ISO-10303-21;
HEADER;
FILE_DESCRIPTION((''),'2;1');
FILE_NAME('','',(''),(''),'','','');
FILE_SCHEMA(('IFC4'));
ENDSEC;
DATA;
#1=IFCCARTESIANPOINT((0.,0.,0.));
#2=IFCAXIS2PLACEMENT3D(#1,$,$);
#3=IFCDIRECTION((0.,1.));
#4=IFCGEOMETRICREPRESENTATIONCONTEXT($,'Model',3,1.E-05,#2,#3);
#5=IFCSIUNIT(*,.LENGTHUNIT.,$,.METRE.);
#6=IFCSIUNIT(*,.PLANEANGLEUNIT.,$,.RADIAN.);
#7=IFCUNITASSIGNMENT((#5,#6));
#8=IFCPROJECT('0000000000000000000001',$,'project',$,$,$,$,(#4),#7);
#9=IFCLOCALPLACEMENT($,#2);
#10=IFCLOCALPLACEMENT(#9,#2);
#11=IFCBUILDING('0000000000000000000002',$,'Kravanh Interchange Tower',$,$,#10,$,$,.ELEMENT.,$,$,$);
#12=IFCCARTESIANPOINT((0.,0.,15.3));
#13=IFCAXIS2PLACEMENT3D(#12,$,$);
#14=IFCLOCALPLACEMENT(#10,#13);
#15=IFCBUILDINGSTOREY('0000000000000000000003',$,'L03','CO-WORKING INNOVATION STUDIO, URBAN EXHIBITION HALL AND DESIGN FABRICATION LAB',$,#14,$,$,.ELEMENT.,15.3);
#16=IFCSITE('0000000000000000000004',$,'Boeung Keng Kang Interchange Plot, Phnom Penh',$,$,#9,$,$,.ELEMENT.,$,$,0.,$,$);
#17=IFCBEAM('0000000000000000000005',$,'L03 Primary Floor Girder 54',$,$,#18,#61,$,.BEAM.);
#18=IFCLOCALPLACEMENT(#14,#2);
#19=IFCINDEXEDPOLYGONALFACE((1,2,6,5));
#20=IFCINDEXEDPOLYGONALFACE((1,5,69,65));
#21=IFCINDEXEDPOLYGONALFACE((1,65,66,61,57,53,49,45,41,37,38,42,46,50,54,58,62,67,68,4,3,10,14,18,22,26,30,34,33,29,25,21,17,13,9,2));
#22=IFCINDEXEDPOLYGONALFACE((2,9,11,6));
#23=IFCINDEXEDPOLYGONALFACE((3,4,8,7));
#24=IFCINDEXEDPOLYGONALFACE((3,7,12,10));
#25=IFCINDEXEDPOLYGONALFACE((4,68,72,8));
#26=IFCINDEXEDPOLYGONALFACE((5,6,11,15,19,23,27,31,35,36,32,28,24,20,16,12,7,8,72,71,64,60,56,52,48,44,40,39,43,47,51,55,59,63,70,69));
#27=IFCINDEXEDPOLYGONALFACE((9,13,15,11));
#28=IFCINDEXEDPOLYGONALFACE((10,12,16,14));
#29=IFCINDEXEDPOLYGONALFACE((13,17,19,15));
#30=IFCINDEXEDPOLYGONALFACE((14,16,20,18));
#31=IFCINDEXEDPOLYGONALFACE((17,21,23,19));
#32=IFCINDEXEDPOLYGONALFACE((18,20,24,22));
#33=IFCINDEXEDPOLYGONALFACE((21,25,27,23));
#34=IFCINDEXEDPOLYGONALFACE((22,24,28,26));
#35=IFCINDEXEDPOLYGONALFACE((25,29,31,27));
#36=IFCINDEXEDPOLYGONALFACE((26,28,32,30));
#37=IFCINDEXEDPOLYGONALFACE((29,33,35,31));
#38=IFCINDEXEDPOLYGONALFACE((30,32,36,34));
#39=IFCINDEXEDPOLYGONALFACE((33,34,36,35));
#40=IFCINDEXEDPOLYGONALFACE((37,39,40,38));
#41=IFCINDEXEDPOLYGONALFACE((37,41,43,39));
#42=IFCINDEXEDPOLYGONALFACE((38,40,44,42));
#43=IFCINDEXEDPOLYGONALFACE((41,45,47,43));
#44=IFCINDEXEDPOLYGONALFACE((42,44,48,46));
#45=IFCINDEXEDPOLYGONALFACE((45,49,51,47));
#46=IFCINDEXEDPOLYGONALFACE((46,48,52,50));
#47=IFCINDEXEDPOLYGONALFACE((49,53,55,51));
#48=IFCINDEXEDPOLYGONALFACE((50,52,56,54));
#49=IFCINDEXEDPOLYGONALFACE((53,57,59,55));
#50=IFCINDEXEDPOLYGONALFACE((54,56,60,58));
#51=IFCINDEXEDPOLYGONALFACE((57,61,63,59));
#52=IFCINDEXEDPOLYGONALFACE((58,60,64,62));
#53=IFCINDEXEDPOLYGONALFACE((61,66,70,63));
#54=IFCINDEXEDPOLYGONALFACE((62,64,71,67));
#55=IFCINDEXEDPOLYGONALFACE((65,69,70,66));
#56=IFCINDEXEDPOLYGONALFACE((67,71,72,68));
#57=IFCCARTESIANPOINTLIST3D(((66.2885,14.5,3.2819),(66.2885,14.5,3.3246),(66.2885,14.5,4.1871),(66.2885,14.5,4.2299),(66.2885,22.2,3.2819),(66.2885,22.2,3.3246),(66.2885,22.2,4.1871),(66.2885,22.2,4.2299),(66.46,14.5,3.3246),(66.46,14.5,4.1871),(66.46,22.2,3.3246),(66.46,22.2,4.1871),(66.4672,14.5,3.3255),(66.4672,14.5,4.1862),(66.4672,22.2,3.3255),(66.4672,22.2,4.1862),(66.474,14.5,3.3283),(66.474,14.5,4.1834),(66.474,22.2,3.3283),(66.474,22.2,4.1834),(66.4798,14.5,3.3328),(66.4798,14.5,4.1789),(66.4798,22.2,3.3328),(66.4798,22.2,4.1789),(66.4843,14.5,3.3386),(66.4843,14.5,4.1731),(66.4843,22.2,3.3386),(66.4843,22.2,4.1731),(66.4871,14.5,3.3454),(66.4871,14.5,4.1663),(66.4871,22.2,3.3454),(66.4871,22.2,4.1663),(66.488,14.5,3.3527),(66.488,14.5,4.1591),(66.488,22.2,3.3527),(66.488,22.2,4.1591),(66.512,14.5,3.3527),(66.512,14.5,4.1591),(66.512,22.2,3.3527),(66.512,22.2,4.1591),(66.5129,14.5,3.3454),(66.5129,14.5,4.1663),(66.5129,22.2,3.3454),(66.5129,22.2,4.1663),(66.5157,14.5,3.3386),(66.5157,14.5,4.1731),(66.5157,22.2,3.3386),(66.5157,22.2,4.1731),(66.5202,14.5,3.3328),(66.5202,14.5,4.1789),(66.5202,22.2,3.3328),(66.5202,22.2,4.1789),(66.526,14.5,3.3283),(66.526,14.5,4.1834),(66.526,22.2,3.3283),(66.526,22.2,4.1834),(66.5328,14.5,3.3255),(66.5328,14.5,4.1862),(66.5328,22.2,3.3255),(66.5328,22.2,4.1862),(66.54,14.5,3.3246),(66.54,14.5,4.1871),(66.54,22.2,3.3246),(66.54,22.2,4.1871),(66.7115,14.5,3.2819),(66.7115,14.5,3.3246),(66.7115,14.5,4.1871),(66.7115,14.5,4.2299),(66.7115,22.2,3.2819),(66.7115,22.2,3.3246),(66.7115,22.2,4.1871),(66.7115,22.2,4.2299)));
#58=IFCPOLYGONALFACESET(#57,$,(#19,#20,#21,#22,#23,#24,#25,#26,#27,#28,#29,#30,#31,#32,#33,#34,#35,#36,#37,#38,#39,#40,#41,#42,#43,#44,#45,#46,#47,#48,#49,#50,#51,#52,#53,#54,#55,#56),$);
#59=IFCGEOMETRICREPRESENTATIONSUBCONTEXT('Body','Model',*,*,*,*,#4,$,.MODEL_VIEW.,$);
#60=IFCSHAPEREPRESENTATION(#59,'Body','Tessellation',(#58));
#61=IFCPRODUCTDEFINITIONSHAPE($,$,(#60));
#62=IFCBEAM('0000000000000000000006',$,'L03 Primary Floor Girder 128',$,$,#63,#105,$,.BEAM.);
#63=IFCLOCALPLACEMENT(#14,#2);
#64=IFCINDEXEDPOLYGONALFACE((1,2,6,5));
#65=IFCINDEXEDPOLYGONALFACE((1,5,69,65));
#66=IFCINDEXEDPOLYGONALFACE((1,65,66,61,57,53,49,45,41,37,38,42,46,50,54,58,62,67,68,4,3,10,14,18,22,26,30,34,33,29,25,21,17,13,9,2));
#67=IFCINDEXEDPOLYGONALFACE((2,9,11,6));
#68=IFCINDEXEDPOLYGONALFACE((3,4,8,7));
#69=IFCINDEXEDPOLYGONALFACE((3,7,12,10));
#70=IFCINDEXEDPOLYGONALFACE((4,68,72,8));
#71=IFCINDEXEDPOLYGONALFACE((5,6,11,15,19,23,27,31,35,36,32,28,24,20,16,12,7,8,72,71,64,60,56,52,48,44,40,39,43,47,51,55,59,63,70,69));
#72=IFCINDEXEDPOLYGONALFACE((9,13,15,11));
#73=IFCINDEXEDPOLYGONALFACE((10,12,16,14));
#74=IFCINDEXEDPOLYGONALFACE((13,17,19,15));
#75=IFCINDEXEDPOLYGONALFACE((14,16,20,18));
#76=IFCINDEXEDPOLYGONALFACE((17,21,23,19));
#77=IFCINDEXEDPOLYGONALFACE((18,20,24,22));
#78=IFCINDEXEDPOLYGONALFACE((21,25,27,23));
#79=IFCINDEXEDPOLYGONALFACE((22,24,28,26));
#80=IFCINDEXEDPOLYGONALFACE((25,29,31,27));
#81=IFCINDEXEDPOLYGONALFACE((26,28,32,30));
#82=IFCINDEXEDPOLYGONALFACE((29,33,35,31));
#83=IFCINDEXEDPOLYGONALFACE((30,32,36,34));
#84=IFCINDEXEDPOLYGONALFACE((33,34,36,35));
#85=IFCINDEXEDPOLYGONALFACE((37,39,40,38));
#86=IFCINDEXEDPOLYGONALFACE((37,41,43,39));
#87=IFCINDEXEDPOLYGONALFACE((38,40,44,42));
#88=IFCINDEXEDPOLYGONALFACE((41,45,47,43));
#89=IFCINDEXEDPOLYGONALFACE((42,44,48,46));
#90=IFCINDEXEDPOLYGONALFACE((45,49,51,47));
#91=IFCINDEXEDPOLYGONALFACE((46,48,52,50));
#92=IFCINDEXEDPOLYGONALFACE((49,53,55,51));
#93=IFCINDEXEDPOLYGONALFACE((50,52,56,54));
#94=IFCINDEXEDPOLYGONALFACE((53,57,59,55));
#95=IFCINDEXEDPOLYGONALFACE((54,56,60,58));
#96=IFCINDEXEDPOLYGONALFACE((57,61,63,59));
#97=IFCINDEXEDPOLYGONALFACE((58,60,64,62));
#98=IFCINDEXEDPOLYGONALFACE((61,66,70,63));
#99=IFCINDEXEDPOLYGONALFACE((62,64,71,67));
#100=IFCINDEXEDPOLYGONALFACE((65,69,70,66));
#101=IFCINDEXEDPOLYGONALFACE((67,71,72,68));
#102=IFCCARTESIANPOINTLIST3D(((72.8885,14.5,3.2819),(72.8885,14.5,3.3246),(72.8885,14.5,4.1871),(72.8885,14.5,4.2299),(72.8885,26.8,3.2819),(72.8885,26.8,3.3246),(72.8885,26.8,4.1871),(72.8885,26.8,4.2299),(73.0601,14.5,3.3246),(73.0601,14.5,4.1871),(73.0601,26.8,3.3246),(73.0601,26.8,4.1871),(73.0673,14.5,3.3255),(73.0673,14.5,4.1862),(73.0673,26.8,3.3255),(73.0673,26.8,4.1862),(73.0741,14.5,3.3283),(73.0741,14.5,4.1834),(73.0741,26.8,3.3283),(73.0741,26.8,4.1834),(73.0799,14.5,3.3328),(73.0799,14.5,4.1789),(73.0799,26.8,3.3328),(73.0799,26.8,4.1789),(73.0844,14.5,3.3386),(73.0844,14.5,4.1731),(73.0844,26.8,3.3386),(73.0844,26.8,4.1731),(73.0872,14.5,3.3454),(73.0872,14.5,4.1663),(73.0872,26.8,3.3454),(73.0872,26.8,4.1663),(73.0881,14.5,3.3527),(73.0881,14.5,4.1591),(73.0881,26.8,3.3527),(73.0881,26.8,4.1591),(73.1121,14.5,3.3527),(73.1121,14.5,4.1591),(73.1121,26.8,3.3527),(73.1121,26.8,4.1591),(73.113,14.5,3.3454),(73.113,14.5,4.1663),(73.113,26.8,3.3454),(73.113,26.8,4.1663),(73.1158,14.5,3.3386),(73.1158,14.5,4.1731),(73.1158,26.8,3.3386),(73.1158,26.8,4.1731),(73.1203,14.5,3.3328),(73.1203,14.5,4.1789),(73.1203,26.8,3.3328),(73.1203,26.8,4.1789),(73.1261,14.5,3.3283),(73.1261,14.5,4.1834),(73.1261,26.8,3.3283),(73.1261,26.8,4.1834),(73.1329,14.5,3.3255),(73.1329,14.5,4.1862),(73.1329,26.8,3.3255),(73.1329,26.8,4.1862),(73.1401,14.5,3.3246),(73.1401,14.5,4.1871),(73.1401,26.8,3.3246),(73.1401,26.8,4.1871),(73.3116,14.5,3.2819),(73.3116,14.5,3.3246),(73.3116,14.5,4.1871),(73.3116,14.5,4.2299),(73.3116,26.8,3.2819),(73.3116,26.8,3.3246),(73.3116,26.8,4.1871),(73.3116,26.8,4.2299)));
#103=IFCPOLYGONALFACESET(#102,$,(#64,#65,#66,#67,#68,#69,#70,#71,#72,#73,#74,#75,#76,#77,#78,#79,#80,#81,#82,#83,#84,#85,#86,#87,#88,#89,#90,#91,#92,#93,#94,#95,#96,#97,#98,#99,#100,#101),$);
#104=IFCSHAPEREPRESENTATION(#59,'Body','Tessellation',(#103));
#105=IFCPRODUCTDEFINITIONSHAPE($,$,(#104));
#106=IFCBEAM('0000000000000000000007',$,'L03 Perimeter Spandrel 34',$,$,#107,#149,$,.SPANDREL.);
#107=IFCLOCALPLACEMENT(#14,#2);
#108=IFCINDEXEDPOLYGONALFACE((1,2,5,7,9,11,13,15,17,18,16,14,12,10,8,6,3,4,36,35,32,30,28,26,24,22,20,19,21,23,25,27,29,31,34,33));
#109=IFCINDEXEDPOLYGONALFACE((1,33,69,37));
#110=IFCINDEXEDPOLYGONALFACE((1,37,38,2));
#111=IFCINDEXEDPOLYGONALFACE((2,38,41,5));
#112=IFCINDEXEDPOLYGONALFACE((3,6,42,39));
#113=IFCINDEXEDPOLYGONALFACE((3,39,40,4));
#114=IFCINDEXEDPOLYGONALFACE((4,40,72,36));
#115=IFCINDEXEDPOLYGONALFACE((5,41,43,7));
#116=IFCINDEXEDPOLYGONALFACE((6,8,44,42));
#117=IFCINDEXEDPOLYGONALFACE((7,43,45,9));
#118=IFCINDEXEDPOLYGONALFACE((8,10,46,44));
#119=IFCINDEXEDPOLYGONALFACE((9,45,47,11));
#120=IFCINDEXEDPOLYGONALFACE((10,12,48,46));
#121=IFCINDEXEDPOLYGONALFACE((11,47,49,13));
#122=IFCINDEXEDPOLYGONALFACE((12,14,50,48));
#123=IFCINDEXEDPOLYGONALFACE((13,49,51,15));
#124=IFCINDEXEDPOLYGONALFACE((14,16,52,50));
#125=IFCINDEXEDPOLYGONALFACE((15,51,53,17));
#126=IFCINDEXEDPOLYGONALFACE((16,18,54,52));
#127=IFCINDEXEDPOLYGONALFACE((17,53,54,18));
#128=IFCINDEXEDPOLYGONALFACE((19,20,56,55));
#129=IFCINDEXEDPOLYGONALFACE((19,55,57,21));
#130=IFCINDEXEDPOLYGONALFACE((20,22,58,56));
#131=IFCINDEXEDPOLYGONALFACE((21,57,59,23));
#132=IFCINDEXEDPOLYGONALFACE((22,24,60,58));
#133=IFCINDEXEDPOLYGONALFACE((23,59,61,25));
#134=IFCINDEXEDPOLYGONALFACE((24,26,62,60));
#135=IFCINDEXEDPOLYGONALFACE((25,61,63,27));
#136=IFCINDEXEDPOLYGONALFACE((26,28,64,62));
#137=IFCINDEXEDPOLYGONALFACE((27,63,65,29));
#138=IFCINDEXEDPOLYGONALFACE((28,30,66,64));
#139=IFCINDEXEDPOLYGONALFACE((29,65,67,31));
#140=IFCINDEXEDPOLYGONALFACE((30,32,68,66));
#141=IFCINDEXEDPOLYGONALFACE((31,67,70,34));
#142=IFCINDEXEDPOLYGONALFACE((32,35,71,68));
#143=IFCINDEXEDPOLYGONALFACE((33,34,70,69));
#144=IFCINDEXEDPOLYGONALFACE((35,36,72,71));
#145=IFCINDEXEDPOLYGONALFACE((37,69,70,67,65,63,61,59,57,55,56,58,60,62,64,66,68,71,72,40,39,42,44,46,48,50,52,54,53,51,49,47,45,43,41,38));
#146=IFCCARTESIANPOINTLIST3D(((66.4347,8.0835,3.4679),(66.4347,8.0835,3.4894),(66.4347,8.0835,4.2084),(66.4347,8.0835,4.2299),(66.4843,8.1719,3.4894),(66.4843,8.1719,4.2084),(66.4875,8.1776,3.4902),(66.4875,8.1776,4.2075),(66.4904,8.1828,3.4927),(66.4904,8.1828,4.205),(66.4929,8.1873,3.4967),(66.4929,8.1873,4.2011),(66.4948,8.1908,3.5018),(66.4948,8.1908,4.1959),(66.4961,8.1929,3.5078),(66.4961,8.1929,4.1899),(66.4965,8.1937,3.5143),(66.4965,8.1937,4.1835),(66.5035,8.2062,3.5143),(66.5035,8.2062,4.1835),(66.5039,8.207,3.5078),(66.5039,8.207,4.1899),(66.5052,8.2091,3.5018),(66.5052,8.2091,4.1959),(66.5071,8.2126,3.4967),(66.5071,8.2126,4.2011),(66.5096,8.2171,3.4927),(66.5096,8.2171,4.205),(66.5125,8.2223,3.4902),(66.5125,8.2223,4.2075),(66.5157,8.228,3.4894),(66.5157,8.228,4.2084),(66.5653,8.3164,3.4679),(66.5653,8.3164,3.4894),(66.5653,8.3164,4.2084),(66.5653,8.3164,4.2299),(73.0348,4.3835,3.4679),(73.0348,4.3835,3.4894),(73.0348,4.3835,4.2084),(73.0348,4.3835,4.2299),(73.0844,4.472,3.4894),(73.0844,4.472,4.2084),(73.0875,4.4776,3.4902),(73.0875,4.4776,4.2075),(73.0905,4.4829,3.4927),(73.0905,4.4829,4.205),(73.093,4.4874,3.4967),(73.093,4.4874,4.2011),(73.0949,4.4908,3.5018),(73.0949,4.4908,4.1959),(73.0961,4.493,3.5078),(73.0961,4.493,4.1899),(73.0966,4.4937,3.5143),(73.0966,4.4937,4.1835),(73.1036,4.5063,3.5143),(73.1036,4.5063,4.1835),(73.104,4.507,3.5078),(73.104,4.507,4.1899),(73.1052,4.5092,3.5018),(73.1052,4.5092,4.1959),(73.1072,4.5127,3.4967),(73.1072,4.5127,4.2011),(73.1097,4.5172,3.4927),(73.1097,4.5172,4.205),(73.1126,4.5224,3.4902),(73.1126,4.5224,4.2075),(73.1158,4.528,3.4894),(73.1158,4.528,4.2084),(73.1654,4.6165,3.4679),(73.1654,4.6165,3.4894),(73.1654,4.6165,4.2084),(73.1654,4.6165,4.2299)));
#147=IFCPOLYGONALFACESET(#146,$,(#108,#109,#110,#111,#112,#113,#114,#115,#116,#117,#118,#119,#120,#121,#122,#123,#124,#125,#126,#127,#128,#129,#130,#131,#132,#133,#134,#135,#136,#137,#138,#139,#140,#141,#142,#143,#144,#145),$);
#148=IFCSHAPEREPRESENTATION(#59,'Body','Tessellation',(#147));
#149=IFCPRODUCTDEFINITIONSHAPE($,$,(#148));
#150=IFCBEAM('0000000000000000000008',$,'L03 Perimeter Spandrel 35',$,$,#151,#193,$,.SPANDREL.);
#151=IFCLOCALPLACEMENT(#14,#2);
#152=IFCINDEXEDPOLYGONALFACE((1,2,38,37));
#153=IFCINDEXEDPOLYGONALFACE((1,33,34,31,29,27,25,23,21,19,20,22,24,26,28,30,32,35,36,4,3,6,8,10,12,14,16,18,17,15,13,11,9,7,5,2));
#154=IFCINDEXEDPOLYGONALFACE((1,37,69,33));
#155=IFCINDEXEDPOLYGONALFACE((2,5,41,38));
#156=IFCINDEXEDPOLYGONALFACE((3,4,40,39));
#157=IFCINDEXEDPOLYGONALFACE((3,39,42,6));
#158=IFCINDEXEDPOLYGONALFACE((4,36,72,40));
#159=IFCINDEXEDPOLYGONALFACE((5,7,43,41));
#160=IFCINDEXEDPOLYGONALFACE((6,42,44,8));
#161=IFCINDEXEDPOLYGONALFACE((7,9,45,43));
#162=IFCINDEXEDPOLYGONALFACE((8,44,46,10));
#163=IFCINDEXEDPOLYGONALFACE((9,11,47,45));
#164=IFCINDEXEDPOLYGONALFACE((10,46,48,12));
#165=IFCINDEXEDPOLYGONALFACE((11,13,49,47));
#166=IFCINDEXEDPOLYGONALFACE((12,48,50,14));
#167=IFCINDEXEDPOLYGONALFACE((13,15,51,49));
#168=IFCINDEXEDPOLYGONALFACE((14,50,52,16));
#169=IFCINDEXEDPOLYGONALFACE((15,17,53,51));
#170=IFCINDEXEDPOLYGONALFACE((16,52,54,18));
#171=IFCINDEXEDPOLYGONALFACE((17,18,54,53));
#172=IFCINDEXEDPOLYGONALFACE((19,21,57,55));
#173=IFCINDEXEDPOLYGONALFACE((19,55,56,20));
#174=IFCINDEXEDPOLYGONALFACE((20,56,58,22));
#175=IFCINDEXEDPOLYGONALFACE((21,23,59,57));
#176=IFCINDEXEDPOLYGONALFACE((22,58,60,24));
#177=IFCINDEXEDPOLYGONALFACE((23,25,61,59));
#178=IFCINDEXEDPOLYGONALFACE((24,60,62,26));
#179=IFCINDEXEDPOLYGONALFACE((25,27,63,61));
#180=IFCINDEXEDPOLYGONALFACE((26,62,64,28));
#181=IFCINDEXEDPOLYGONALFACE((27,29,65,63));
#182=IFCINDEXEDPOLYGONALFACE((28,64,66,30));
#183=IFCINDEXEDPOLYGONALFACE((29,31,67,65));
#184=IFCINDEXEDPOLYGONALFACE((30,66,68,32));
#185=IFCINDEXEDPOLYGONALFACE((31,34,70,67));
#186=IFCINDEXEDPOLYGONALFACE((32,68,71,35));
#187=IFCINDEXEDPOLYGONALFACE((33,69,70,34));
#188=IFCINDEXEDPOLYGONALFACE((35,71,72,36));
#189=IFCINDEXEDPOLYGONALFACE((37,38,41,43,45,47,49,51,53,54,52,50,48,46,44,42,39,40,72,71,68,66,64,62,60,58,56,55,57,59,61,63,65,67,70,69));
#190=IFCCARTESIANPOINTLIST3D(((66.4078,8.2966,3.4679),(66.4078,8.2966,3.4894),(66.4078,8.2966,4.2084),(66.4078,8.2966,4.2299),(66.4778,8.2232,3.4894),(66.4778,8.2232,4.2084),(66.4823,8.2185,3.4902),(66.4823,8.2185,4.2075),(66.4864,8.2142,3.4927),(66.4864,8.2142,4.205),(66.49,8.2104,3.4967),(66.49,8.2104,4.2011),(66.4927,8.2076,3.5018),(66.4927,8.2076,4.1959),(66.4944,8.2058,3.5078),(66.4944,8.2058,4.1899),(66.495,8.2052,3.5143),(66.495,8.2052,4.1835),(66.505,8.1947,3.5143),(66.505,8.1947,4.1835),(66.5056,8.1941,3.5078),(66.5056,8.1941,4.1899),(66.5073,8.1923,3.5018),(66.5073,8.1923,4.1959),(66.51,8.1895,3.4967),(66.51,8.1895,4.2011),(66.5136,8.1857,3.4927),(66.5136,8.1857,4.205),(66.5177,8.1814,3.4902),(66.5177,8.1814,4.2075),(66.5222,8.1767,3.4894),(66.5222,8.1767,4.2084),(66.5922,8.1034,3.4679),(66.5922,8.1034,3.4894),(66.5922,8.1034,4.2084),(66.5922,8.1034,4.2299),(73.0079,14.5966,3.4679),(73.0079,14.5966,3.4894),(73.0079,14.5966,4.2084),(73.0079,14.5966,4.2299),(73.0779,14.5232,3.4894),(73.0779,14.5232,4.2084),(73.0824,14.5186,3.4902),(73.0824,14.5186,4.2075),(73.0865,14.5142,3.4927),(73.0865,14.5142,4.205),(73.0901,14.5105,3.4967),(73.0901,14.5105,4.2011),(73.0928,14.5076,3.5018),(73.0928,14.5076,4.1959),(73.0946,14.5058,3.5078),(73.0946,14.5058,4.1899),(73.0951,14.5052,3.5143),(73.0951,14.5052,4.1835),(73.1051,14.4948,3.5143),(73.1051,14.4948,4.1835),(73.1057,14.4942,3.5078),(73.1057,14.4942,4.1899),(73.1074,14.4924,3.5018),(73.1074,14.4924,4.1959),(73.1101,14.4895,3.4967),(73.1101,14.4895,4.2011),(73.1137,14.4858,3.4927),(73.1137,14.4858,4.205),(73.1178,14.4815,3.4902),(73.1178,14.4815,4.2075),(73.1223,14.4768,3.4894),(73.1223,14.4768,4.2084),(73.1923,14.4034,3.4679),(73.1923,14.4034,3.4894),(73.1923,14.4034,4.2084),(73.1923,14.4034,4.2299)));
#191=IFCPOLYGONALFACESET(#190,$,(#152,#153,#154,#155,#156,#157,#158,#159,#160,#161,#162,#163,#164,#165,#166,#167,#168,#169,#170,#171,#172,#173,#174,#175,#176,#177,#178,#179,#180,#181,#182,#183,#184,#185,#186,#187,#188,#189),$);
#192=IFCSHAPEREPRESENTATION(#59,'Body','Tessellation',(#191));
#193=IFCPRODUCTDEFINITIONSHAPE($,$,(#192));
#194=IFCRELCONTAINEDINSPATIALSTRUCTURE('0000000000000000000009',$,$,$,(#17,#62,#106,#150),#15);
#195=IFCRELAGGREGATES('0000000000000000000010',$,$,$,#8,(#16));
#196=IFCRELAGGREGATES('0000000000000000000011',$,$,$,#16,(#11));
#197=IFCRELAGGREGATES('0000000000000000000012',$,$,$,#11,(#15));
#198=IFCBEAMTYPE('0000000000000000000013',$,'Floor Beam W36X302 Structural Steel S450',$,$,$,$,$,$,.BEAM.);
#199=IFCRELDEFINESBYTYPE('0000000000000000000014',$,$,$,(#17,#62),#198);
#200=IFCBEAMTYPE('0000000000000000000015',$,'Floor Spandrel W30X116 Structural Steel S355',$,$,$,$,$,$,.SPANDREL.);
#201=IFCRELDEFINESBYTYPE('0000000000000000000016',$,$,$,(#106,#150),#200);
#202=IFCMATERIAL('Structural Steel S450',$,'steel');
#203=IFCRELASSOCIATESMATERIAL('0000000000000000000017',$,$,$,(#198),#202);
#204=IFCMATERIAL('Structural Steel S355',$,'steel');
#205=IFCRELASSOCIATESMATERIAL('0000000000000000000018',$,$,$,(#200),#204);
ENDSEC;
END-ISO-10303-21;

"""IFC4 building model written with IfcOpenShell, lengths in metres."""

from ifc_helpers import new_model, si_unit, direction, frame, origin, origin_2d, place, context, subcontext, project, spatial, i_section, extrude, material, material_profile, profile_set, type_object, element, save


model = new_model("IFC4")

# Units and contexts
model_context = context("Model", 3, precision=1e-05, world=origin(), true_north=direction((0.0, 1.0)))
body_context = subcontext(model_context, "Body", "Model", "MODEL_VIEW")
ifc_project = project(units=[si_unit("LENGTHUNIT", "METRE"), si_unit("PLANEANGLEUNIT", "RADIAN")], contexts=[model_context])

# Site, building, storey
site_placement = place(None, origin())
site = spatial("IfcSite", under=ifc_project, at=site_placement, Name="Boeung Keng Kang Interchange Plot, Phnom Penh", CompositionType="ELEMENT", RefElevation=0.0)
building_placement = place(site_placement, origin())
building = spatial("IfcBuilding", under=site, at=building_placement, Name="Kravanh Interchange Tower", CompositionType="ELEMENT")
storey_placement = place(building_placement, frame((0.0, 0.0, 15.3)))
storey = spatial("IfcBuildingStorey", under=building, at=storey_placement, Name="L03", Description="CO-WORKING INNOVATION STUDIO, URBAN EXHIBITION HALL AND DESIGN FABRICATION LAB", CompositionType="ELEMENT", Elevation=15.3)

# Beams
ifc_material_1 = material(Name="Structural Steel S450", Category="steel")
ifc_material_profile_1 = material_profile(ifc_material_1, i_section(OverallWidth=0.4231, OverallDepth=0.948, WebThickness=0.0239, FlangeThickness=0.0427, FilletRadius=0.0281, at=origin_2d()), Name="W36X302")
ifc_profile_set_1 = profile_set([ifc_material_profile_1], Name="Structural Steel S450")
beam_type_1 = type_object("IfcBeamType", Name="Floor Beam W36X302 Structural Steel S450", PredefinedType="BEAM", material=ifc_profile_set_1)
beam_1_placement = place(storey_placement, frame((66.5, 14.5, 3.7559), z_axis=(0.0, 1.0, 0.0), x_axis=(-1.0, 0.0, 0.0)))
element("IfcBeam", 1, at=beam_1_placement, inside=storey, type_object=beam_type_1, Name="L03 Primary Floor Girder 54", PredefinedType="BEAM", context=body_context, shape_type="SweptSolid", body=[
    extrude(i_section(OverallWidth=0.4231, OverallDepth=0.948, WebThickness=0.0239, FlangeThickness=0.0427, FilletRadius=0.0281, at=origin_2d()), origin(), (0.0, 0.0, 1.0), 7.7),
])
beam_2_placement = place(storey_placement, frame((73.1001, 14.5, 3.7559), z_axis=(0.0, 1.0, 0.0), x_axis=(-1.0, 0.0, 0.0)))
element("IfcBeam", 2, at=beam_2_placement, inside=storey, type_object=beam_type_1, Name="L03 Primary Floor Girder 128", PredefinedType="BEAM", context=body_context, shape_type="SweptSolid", body=[
    extrude(i_section(OverallWidth=0.4231, OverallDepth=0.948, WebThickness=0.0239, FlangeThickness=0.0427, FilletRadius=0.0281, at=origin_2d()), origin(), (0.0, 0.0, 1.0), 12.3),
])
ifc_material_2 = material(Name="Structural Steel S355", Category="steel")
ifc_material_profile_2 = material_profile(ifc_material_2, i_section(OverallWidth=0.2671, OverallDepth=0.762, WebThickness=0.0144, FlangeThickness=0.0215, FilletRadius=0.0249, at=origin_2d()), Name="W30X116")
ifc_profile_set_2 = profile_set([ifc_material_profile_2], Name="Structural Steel S355")
beam_type_2 = type_object("IfcBeamType", Name="Floor Spandrel W30X116 Structural Steel S355", PredefinedType="SPANDREL", material=ifc_profile_set_2)
beam_3_placement = place(storey_placement, frame((66.5, 8.2, 3.8489), z_axis=(0.872286, -0.488995, 0.0), x_axis=(0.488995, 0.872286, 0.0)))
element("IfcBeam", 3, at=beam_3_placement, inside=storey, type_object=beam_type_2, Name="L03 Perimeter Spandrel 34", PredefinedType="SPANDREL", context=body_context, shape_type="SweptSolid", body=[
    extrude(i_section(OverallWidth=0.2671, OverallDepth=0.762, WebThickness=0.0144, FlangeThickness=0.0215, FilletRadius=0.0249, at=origin_2d()), origin(), (0.0, 0.0, 1.0), 7.5664),
])
beam_4_placement = place(storey_placement, frame((66.5, 8.2, 3.8489), z_axis=(0.723358, 0.690473, 0.0), x_axis=(-0.690473, 0.723358, 0.0)))
element("IfcBeam", 4, at=beam_4_placement, inside=storey, type_object=beam_type_2, Name="L03 Perimeter Spandrel 35", PredefinedType="SPANDREL", context=body_context, shape_type="SweptSolid", body=[
    extrude(i_section(OverallWidth=0.2671, OverallDepth=0.762, WebThickness=0.0144, FlangeThickness=0.0215, FilletRadius=0.0249, at=origin_2d()), origin(), (0.0, 0.0, 1.0), 9.1243),
])

save(model, "model.ifc")
